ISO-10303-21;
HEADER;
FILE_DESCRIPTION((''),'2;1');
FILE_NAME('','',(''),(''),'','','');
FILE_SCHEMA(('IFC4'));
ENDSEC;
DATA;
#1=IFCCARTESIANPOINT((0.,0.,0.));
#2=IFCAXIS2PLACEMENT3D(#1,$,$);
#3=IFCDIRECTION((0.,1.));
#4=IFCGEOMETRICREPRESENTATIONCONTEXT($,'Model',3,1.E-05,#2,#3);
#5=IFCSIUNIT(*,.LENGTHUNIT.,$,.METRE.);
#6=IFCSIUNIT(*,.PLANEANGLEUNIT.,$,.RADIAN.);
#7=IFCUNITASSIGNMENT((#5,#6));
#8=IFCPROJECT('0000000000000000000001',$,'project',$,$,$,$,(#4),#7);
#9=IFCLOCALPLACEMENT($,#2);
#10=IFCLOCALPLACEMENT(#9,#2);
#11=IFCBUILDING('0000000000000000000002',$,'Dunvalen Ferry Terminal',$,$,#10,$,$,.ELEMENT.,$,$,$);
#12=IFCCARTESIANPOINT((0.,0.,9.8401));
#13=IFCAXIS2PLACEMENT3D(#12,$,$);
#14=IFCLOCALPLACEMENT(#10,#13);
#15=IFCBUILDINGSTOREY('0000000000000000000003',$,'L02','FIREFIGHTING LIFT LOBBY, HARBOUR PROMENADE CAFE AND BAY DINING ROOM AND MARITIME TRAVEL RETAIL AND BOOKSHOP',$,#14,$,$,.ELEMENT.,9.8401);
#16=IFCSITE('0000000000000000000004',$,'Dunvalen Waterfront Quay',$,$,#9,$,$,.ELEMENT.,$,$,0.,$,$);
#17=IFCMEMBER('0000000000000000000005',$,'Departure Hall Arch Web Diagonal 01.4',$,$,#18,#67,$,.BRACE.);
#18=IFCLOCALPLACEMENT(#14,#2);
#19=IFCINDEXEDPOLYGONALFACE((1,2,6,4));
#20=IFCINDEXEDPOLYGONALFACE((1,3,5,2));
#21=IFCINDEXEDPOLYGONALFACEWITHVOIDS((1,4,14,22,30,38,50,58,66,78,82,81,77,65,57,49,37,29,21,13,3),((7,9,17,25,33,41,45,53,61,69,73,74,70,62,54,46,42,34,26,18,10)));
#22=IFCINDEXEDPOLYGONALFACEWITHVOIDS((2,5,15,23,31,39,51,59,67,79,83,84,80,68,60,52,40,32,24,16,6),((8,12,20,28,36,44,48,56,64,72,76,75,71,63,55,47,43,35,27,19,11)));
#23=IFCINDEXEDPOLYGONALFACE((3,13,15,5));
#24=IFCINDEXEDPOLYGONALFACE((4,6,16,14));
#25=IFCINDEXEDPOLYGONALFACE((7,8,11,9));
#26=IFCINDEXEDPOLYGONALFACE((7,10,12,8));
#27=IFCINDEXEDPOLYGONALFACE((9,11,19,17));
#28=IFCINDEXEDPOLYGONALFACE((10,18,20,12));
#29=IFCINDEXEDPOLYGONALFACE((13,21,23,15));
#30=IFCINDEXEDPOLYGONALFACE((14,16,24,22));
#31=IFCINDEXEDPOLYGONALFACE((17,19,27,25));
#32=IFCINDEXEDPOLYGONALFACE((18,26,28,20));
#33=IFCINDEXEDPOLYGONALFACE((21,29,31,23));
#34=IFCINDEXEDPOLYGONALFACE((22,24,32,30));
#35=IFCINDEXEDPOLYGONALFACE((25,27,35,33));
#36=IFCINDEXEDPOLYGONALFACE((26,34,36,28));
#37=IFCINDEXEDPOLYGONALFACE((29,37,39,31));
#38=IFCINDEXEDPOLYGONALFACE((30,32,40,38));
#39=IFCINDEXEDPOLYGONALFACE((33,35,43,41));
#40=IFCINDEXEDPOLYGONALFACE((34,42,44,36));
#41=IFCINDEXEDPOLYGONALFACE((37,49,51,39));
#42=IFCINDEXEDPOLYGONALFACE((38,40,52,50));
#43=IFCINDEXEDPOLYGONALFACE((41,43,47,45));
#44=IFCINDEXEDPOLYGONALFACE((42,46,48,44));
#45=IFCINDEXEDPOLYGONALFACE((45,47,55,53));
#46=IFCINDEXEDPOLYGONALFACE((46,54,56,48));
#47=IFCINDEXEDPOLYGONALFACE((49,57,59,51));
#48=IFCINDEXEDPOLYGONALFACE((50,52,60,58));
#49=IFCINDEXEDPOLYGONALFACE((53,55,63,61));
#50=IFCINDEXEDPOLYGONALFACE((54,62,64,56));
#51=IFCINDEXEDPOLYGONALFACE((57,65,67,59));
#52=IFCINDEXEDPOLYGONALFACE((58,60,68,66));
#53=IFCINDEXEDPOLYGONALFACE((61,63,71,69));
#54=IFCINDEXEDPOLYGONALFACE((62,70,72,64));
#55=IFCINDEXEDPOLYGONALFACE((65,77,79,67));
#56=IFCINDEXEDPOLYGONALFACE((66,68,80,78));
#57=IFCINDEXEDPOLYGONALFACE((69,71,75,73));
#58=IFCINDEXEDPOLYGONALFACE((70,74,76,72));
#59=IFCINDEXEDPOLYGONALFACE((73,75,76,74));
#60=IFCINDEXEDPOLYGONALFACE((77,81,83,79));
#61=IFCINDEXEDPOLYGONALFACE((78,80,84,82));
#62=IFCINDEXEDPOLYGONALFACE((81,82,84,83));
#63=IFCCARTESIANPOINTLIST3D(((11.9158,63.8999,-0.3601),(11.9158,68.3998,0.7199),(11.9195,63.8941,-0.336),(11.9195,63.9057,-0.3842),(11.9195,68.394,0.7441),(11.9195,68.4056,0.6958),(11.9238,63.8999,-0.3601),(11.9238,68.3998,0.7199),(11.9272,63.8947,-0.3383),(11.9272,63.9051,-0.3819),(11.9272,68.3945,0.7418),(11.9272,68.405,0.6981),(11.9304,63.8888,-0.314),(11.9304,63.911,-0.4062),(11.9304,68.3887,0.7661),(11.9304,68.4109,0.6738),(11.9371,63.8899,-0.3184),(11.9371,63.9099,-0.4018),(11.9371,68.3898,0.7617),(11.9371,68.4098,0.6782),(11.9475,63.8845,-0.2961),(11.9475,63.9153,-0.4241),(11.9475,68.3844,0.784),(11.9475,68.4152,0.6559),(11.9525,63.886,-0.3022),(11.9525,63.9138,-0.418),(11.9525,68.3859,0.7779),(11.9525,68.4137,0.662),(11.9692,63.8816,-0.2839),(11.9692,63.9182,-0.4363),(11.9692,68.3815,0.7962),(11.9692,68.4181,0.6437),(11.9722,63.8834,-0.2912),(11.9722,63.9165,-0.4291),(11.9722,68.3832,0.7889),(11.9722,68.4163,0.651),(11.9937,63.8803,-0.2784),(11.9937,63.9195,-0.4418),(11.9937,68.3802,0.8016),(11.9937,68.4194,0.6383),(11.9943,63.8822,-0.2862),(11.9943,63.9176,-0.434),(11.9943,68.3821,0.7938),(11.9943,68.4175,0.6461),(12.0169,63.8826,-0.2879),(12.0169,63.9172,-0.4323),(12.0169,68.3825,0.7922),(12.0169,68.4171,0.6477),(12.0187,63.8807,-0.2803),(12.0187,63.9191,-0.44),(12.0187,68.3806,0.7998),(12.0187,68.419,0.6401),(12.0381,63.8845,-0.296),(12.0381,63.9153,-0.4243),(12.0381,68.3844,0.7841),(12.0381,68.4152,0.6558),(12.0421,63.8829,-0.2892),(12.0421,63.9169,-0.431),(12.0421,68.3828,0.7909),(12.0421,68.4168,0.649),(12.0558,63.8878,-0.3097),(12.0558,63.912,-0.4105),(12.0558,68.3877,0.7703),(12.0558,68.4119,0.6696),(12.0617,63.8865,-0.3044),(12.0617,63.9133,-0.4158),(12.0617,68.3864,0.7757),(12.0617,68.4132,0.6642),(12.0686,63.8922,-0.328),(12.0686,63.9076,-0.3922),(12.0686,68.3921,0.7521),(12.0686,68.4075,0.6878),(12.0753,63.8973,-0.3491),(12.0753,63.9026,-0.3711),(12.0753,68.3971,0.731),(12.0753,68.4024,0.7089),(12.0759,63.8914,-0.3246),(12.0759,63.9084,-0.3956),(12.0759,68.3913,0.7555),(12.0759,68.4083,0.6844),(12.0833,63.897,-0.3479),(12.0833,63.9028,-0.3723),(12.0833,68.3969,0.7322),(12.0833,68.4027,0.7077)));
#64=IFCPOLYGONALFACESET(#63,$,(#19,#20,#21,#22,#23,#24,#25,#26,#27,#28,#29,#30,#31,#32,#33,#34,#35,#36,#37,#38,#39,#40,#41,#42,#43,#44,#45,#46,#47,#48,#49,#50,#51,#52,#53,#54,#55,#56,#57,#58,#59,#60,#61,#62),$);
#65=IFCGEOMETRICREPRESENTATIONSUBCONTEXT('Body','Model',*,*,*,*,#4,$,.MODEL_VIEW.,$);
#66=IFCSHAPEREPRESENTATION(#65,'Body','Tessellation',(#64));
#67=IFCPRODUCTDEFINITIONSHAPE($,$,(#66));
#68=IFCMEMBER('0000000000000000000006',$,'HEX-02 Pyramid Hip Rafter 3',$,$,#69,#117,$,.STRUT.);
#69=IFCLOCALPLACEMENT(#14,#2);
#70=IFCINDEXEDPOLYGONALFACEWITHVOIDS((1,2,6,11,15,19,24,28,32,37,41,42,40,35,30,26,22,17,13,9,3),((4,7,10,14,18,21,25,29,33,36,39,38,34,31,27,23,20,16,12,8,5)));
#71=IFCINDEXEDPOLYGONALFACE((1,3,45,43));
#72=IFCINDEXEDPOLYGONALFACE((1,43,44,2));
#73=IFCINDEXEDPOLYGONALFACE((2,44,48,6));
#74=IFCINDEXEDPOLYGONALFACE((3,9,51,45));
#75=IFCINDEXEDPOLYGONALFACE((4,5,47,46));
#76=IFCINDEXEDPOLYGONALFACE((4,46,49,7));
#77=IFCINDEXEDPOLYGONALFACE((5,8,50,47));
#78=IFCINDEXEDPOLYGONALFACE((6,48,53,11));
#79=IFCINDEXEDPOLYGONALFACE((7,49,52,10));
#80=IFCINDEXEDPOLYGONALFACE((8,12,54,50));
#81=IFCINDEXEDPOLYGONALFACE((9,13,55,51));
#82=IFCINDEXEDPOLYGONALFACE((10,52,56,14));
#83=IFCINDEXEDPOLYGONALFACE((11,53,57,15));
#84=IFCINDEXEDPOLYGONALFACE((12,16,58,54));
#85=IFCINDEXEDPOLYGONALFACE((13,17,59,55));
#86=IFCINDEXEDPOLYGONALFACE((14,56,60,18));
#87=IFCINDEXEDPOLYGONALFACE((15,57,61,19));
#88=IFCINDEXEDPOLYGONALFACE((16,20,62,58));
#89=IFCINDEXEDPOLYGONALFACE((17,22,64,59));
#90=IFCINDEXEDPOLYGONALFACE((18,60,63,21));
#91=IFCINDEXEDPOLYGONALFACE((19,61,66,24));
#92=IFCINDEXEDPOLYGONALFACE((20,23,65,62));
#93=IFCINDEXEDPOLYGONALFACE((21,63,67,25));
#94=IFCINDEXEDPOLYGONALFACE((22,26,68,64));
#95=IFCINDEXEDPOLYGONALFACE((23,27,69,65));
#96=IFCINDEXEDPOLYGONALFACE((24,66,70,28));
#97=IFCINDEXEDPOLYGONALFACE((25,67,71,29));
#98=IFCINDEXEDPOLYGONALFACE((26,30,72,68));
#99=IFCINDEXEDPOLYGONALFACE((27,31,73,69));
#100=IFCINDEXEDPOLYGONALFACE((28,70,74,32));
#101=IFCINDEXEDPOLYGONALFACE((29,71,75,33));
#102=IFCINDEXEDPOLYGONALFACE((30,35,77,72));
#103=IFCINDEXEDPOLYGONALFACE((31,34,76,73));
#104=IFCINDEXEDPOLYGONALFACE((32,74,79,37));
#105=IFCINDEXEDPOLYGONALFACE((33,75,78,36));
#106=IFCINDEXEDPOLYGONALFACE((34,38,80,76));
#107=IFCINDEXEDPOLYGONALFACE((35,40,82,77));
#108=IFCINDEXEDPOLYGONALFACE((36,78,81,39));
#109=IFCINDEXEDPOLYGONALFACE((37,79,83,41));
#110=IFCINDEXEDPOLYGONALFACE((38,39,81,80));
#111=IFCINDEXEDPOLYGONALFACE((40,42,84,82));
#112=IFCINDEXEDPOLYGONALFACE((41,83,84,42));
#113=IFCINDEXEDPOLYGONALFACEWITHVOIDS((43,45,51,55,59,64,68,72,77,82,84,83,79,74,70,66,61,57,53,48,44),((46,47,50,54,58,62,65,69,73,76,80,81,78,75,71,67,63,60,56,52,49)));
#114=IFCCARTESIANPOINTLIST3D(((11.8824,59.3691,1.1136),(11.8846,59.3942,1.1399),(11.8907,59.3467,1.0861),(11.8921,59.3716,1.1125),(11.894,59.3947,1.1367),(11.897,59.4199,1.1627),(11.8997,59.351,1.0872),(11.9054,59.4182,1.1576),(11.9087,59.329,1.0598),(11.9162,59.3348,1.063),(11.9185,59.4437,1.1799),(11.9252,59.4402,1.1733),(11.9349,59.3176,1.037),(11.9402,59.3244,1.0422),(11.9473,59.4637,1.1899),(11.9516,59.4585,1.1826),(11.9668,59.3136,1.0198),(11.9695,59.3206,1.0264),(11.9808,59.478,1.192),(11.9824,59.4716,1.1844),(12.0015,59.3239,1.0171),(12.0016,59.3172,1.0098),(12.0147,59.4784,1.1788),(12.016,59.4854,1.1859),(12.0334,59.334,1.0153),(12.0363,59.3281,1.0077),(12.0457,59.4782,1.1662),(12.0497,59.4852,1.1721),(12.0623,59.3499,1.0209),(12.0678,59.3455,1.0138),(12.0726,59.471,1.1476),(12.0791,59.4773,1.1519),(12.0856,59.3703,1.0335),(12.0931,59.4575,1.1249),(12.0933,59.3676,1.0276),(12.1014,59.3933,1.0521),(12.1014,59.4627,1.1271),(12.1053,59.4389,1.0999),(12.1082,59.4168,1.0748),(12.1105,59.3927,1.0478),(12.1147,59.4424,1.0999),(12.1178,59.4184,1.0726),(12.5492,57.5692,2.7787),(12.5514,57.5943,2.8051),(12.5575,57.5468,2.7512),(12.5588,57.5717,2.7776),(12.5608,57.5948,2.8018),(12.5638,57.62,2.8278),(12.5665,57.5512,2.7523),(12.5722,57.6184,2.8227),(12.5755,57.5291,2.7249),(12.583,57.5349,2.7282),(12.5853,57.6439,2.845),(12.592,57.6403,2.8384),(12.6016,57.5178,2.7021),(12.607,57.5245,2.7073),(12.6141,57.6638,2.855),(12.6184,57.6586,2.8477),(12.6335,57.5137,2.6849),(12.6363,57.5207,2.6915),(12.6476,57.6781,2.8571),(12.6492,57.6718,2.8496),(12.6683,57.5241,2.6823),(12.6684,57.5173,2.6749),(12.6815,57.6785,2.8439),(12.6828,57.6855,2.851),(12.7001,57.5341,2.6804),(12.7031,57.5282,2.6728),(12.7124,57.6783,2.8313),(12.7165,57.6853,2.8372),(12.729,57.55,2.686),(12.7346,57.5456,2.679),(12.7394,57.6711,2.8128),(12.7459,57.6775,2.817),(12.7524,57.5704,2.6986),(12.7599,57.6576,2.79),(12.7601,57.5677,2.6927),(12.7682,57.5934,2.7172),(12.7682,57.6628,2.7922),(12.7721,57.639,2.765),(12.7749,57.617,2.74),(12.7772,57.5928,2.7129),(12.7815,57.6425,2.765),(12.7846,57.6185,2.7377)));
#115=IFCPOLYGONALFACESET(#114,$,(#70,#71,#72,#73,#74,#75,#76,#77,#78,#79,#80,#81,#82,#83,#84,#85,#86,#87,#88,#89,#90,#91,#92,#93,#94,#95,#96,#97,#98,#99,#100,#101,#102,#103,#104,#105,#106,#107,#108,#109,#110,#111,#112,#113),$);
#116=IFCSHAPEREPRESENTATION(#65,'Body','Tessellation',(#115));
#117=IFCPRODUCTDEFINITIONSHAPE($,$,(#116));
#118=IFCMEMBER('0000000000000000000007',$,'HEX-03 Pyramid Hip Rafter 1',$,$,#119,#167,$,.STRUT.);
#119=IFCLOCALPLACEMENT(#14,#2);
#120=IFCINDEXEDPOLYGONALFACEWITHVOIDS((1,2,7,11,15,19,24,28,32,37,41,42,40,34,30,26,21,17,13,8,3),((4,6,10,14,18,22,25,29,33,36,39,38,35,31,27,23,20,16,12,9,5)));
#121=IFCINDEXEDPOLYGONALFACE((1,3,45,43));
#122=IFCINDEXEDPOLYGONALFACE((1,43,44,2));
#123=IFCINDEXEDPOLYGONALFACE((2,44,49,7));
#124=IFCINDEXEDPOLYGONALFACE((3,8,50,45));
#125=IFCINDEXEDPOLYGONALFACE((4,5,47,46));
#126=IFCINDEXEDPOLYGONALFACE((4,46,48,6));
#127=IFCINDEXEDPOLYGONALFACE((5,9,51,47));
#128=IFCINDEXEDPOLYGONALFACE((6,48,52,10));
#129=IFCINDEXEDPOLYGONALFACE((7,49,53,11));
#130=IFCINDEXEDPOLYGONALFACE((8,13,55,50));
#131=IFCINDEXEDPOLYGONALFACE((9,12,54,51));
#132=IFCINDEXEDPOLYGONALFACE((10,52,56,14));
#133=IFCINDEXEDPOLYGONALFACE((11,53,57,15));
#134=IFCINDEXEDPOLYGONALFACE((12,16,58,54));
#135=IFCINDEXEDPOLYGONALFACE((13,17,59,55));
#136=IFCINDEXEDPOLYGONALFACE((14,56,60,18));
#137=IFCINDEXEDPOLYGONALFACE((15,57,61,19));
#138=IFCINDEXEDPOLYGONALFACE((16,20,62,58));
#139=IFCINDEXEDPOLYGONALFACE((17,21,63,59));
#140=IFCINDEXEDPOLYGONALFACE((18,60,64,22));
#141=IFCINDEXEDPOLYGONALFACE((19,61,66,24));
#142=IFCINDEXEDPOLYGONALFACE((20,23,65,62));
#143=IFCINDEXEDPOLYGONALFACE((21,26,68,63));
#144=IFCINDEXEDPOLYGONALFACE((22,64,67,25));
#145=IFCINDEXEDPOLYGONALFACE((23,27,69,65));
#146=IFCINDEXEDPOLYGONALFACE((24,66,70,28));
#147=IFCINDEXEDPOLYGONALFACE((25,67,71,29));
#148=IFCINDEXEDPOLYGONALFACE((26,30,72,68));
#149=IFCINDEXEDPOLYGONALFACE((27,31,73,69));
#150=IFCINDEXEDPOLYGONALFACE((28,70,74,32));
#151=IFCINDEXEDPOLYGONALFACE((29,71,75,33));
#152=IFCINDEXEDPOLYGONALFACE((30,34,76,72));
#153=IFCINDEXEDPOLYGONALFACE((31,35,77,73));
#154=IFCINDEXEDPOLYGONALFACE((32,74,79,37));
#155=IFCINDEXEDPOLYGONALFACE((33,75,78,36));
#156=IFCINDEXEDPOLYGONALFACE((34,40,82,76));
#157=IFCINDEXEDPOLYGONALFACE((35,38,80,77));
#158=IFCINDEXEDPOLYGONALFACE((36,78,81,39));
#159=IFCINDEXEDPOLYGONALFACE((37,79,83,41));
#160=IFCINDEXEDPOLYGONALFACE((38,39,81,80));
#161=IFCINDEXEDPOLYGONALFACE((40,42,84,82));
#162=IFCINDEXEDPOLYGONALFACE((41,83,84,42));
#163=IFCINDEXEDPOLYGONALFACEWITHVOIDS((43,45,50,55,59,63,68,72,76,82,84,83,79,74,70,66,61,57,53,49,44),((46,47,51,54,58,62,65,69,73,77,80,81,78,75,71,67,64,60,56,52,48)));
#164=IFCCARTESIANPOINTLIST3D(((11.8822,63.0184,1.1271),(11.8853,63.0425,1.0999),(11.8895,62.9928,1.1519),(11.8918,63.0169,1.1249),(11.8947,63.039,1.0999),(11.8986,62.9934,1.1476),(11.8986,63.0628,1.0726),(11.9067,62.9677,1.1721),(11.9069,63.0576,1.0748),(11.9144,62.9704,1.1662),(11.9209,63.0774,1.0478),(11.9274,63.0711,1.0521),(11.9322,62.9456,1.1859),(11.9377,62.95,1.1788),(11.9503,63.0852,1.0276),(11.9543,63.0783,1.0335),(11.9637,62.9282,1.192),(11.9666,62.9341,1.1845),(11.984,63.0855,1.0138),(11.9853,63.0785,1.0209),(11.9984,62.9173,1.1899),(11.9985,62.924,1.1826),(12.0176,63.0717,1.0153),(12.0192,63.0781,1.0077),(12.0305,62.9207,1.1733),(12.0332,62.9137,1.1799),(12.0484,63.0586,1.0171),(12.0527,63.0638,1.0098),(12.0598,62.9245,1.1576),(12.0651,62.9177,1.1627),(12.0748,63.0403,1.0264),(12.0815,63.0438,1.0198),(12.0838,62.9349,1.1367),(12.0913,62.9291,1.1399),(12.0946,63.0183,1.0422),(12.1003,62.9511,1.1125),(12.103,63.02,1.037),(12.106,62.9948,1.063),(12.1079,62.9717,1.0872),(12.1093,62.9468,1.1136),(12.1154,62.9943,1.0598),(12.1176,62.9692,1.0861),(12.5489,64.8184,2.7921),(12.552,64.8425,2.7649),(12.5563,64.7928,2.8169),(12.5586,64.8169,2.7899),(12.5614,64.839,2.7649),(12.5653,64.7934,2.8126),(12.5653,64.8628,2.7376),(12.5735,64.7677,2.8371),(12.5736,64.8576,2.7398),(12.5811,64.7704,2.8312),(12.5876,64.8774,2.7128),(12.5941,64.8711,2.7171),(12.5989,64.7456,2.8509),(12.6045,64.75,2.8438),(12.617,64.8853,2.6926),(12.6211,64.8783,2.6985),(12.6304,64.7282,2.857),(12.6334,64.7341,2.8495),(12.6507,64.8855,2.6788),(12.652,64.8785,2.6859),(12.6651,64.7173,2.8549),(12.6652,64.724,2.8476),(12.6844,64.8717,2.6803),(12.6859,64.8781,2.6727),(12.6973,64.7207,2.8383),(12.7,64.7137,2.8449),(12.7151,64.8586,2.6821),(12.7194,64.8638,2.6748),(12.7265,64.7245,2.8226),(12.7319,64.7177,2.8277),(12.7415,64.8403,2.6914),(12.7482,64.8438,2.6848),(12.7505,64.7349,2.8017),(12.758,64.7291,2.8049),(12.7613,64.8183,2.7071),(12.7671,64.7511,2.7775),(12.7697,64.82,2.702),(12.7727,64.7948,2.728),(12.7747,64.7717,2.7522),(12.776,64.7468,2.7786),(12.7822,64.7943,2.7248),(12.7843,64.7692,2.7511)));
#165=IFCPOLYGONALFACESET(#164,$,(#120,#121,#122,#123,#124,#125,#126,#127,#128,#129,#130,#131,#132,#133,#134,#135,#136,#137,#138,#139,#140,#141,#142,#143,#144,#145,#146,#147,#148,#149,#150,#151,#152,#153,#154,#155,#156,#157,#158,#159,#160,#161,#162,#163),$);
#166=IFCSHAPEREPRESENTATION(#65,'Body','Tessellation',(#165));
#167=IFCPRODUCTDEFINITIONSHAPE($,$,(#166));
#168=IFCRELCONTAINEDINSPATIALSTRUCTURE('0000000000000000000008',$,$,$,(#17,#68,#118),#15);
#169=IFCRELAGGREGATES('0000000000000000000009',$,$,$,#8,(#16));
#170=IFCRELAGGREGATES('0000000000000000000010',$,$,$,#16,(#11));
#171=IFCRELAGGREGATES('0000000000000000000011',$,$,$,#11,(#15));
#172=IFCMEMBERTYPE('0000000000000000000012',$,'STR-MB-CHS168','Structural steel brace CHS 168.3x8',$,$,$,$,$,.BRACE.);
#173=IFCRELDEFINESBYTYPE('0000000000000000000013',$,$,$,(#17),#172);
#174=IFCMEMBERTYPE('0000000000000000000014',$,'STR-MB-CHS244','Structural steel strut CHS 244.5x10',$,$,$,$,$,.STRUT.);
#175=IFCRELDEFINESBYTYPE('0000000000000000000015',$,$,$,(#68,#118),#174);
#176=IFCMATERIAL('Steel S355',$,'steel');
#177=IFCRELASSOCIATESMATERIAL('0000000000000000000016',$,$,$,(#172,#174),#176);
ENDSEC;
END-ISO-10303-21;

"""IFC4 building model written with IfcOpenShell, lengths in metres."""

from ifc_helpers import new_model, si_unit, direction, frame, origin, origin_2d, place, context, subcontext, project, spatial, hollow_circle, extrude, material, material_profile, profile_set, type_object, element, save


model = new_model("IFC4")

# Units and contexts
model_context = context("Model", 3, precision=1e-05, world=origin(), true_north=direction((0.0, 1.0)))
body_context = subcontext(model_context, "Body", "Model", "MODEL_VIEW")
ifc_project = project(units=[si_unit("LENGTHUNIT", "METRE"), si_unit("PLANEANGLEUNIT", "RADIAN")], contexts=[model_context])

# Site, building, storey
site_placement = place(None, origin())
site = spatial("IfcSite", under=ifc_project, at=site_placement, Name="Dunvalen Waterfront Quay", CompositionType="ELEMENT", RefElevation=0.0)
building_placement = place(site_placement, origin())
building = spatial("IfcBuilding", under=site, at=building_placement, Name="Dunvalen Ferry Terminal", CompositionType="ELEMENT")
storey_placement = place(building_placement, frame((0.0, 0.0, 9.8401)))
storey = spatial("IfcBuildingStorey", under=building, at=storey_placement, Name="L02", Description="FIREFIGHTING LIFT LOBBY, HARBOUR PROMENADE CAFE AND BAY DINING ROOM AND MARITIME TRAVEL RETAIL AND BOOKSHOP", CompositionType="ELEMENT", Elevation=9.8401)

# Shared definitions
ifc_material_1 = material(Name="Steel S355", Category="steel")

# Members
ifc_material_profile_1 = material_profile(ifc_material_1, hollow_circle(Radius=0.0842, WallThickness=0.0081, at=origin_2d()), Name="Steel S355")
ifc_profile_set_1 = profile_set([ifc_material_profile_1], Name="Steel S355")
member_type_1 = type_object("IfcMemberType", Name="STR-MB-CHS168", Description="Structural steel brace CHS 168.3x8", PredefinedType="BRACE", material=ifc_profile_set_1)
member_1_placement = place(storey_placement, frame((12.0, 63.8999, -0.3601), z_axis=(0.0, 0.972383, 0.233389), x_axis=(-1.0, 0.0, 0.0)))
element("IfcMember", 1, at=member_1_placement, inside=storey, type_object=member_type_1, Name="Departure Hall Arch Web Diagonal 01.4", PredefinedType="BRACE", context=body_context, shape_type="SweptSolid", body=[
    extrude(hollow_circle(Radius=0.0842, WallThickness=0.0081, at=origin_2d()), origin(), (0.0, 0.0, 1.0), 4.6277),
])
ifc_material_profile_2 = material_profile(ifc_material_1, hollow_circle(Radius=0.1223, WallThickness=0.01, at=origin_2d()), Name="Steel S355")
ifc_profile_set_2 = profile_set([ifc_material_profile_2], Name="Steel S355")
member_type_2 = type_object("IfcMemberType", Name="STR-MB-CHS244", Description="Structural steel strut CHS 244.5x10", PredefinedType="STRUT", material=ifc_profile_set_2)
for number, where, z_axis, x_axis, name in (
    (2, (12.0, 59.3999, 1.0999), (0.262406, -0.708332, 0.655293), (0.937723, 0.347385, 0.0), "HEX-02 Pyramid Hip Rafter 3"),
    (3, (12.0, 63.0, 1.0999), (0.262388, 0.70838, 0.655249), (-0.937738, 0.347343, 0.0), "HEX-03 Pyramid Hip Rafter 1"),
):
    element("IfcMember", number, at=place(storey_placement, frame(where, z_axis=z_axis, x_axis=x_axis)), inside=storey, type_object=member_type_2, Name=name, PredefinedType="STRUT", context=body_context, shape_type="SweptSolid", body=[
        extrude(hollow_circle(Radius=0.1223, WallThickness=0.01, at=origin_2d()), origin(), (0.0, 0.0, 1.0), 2.541),
    ])

save(model, "model.ifc")
